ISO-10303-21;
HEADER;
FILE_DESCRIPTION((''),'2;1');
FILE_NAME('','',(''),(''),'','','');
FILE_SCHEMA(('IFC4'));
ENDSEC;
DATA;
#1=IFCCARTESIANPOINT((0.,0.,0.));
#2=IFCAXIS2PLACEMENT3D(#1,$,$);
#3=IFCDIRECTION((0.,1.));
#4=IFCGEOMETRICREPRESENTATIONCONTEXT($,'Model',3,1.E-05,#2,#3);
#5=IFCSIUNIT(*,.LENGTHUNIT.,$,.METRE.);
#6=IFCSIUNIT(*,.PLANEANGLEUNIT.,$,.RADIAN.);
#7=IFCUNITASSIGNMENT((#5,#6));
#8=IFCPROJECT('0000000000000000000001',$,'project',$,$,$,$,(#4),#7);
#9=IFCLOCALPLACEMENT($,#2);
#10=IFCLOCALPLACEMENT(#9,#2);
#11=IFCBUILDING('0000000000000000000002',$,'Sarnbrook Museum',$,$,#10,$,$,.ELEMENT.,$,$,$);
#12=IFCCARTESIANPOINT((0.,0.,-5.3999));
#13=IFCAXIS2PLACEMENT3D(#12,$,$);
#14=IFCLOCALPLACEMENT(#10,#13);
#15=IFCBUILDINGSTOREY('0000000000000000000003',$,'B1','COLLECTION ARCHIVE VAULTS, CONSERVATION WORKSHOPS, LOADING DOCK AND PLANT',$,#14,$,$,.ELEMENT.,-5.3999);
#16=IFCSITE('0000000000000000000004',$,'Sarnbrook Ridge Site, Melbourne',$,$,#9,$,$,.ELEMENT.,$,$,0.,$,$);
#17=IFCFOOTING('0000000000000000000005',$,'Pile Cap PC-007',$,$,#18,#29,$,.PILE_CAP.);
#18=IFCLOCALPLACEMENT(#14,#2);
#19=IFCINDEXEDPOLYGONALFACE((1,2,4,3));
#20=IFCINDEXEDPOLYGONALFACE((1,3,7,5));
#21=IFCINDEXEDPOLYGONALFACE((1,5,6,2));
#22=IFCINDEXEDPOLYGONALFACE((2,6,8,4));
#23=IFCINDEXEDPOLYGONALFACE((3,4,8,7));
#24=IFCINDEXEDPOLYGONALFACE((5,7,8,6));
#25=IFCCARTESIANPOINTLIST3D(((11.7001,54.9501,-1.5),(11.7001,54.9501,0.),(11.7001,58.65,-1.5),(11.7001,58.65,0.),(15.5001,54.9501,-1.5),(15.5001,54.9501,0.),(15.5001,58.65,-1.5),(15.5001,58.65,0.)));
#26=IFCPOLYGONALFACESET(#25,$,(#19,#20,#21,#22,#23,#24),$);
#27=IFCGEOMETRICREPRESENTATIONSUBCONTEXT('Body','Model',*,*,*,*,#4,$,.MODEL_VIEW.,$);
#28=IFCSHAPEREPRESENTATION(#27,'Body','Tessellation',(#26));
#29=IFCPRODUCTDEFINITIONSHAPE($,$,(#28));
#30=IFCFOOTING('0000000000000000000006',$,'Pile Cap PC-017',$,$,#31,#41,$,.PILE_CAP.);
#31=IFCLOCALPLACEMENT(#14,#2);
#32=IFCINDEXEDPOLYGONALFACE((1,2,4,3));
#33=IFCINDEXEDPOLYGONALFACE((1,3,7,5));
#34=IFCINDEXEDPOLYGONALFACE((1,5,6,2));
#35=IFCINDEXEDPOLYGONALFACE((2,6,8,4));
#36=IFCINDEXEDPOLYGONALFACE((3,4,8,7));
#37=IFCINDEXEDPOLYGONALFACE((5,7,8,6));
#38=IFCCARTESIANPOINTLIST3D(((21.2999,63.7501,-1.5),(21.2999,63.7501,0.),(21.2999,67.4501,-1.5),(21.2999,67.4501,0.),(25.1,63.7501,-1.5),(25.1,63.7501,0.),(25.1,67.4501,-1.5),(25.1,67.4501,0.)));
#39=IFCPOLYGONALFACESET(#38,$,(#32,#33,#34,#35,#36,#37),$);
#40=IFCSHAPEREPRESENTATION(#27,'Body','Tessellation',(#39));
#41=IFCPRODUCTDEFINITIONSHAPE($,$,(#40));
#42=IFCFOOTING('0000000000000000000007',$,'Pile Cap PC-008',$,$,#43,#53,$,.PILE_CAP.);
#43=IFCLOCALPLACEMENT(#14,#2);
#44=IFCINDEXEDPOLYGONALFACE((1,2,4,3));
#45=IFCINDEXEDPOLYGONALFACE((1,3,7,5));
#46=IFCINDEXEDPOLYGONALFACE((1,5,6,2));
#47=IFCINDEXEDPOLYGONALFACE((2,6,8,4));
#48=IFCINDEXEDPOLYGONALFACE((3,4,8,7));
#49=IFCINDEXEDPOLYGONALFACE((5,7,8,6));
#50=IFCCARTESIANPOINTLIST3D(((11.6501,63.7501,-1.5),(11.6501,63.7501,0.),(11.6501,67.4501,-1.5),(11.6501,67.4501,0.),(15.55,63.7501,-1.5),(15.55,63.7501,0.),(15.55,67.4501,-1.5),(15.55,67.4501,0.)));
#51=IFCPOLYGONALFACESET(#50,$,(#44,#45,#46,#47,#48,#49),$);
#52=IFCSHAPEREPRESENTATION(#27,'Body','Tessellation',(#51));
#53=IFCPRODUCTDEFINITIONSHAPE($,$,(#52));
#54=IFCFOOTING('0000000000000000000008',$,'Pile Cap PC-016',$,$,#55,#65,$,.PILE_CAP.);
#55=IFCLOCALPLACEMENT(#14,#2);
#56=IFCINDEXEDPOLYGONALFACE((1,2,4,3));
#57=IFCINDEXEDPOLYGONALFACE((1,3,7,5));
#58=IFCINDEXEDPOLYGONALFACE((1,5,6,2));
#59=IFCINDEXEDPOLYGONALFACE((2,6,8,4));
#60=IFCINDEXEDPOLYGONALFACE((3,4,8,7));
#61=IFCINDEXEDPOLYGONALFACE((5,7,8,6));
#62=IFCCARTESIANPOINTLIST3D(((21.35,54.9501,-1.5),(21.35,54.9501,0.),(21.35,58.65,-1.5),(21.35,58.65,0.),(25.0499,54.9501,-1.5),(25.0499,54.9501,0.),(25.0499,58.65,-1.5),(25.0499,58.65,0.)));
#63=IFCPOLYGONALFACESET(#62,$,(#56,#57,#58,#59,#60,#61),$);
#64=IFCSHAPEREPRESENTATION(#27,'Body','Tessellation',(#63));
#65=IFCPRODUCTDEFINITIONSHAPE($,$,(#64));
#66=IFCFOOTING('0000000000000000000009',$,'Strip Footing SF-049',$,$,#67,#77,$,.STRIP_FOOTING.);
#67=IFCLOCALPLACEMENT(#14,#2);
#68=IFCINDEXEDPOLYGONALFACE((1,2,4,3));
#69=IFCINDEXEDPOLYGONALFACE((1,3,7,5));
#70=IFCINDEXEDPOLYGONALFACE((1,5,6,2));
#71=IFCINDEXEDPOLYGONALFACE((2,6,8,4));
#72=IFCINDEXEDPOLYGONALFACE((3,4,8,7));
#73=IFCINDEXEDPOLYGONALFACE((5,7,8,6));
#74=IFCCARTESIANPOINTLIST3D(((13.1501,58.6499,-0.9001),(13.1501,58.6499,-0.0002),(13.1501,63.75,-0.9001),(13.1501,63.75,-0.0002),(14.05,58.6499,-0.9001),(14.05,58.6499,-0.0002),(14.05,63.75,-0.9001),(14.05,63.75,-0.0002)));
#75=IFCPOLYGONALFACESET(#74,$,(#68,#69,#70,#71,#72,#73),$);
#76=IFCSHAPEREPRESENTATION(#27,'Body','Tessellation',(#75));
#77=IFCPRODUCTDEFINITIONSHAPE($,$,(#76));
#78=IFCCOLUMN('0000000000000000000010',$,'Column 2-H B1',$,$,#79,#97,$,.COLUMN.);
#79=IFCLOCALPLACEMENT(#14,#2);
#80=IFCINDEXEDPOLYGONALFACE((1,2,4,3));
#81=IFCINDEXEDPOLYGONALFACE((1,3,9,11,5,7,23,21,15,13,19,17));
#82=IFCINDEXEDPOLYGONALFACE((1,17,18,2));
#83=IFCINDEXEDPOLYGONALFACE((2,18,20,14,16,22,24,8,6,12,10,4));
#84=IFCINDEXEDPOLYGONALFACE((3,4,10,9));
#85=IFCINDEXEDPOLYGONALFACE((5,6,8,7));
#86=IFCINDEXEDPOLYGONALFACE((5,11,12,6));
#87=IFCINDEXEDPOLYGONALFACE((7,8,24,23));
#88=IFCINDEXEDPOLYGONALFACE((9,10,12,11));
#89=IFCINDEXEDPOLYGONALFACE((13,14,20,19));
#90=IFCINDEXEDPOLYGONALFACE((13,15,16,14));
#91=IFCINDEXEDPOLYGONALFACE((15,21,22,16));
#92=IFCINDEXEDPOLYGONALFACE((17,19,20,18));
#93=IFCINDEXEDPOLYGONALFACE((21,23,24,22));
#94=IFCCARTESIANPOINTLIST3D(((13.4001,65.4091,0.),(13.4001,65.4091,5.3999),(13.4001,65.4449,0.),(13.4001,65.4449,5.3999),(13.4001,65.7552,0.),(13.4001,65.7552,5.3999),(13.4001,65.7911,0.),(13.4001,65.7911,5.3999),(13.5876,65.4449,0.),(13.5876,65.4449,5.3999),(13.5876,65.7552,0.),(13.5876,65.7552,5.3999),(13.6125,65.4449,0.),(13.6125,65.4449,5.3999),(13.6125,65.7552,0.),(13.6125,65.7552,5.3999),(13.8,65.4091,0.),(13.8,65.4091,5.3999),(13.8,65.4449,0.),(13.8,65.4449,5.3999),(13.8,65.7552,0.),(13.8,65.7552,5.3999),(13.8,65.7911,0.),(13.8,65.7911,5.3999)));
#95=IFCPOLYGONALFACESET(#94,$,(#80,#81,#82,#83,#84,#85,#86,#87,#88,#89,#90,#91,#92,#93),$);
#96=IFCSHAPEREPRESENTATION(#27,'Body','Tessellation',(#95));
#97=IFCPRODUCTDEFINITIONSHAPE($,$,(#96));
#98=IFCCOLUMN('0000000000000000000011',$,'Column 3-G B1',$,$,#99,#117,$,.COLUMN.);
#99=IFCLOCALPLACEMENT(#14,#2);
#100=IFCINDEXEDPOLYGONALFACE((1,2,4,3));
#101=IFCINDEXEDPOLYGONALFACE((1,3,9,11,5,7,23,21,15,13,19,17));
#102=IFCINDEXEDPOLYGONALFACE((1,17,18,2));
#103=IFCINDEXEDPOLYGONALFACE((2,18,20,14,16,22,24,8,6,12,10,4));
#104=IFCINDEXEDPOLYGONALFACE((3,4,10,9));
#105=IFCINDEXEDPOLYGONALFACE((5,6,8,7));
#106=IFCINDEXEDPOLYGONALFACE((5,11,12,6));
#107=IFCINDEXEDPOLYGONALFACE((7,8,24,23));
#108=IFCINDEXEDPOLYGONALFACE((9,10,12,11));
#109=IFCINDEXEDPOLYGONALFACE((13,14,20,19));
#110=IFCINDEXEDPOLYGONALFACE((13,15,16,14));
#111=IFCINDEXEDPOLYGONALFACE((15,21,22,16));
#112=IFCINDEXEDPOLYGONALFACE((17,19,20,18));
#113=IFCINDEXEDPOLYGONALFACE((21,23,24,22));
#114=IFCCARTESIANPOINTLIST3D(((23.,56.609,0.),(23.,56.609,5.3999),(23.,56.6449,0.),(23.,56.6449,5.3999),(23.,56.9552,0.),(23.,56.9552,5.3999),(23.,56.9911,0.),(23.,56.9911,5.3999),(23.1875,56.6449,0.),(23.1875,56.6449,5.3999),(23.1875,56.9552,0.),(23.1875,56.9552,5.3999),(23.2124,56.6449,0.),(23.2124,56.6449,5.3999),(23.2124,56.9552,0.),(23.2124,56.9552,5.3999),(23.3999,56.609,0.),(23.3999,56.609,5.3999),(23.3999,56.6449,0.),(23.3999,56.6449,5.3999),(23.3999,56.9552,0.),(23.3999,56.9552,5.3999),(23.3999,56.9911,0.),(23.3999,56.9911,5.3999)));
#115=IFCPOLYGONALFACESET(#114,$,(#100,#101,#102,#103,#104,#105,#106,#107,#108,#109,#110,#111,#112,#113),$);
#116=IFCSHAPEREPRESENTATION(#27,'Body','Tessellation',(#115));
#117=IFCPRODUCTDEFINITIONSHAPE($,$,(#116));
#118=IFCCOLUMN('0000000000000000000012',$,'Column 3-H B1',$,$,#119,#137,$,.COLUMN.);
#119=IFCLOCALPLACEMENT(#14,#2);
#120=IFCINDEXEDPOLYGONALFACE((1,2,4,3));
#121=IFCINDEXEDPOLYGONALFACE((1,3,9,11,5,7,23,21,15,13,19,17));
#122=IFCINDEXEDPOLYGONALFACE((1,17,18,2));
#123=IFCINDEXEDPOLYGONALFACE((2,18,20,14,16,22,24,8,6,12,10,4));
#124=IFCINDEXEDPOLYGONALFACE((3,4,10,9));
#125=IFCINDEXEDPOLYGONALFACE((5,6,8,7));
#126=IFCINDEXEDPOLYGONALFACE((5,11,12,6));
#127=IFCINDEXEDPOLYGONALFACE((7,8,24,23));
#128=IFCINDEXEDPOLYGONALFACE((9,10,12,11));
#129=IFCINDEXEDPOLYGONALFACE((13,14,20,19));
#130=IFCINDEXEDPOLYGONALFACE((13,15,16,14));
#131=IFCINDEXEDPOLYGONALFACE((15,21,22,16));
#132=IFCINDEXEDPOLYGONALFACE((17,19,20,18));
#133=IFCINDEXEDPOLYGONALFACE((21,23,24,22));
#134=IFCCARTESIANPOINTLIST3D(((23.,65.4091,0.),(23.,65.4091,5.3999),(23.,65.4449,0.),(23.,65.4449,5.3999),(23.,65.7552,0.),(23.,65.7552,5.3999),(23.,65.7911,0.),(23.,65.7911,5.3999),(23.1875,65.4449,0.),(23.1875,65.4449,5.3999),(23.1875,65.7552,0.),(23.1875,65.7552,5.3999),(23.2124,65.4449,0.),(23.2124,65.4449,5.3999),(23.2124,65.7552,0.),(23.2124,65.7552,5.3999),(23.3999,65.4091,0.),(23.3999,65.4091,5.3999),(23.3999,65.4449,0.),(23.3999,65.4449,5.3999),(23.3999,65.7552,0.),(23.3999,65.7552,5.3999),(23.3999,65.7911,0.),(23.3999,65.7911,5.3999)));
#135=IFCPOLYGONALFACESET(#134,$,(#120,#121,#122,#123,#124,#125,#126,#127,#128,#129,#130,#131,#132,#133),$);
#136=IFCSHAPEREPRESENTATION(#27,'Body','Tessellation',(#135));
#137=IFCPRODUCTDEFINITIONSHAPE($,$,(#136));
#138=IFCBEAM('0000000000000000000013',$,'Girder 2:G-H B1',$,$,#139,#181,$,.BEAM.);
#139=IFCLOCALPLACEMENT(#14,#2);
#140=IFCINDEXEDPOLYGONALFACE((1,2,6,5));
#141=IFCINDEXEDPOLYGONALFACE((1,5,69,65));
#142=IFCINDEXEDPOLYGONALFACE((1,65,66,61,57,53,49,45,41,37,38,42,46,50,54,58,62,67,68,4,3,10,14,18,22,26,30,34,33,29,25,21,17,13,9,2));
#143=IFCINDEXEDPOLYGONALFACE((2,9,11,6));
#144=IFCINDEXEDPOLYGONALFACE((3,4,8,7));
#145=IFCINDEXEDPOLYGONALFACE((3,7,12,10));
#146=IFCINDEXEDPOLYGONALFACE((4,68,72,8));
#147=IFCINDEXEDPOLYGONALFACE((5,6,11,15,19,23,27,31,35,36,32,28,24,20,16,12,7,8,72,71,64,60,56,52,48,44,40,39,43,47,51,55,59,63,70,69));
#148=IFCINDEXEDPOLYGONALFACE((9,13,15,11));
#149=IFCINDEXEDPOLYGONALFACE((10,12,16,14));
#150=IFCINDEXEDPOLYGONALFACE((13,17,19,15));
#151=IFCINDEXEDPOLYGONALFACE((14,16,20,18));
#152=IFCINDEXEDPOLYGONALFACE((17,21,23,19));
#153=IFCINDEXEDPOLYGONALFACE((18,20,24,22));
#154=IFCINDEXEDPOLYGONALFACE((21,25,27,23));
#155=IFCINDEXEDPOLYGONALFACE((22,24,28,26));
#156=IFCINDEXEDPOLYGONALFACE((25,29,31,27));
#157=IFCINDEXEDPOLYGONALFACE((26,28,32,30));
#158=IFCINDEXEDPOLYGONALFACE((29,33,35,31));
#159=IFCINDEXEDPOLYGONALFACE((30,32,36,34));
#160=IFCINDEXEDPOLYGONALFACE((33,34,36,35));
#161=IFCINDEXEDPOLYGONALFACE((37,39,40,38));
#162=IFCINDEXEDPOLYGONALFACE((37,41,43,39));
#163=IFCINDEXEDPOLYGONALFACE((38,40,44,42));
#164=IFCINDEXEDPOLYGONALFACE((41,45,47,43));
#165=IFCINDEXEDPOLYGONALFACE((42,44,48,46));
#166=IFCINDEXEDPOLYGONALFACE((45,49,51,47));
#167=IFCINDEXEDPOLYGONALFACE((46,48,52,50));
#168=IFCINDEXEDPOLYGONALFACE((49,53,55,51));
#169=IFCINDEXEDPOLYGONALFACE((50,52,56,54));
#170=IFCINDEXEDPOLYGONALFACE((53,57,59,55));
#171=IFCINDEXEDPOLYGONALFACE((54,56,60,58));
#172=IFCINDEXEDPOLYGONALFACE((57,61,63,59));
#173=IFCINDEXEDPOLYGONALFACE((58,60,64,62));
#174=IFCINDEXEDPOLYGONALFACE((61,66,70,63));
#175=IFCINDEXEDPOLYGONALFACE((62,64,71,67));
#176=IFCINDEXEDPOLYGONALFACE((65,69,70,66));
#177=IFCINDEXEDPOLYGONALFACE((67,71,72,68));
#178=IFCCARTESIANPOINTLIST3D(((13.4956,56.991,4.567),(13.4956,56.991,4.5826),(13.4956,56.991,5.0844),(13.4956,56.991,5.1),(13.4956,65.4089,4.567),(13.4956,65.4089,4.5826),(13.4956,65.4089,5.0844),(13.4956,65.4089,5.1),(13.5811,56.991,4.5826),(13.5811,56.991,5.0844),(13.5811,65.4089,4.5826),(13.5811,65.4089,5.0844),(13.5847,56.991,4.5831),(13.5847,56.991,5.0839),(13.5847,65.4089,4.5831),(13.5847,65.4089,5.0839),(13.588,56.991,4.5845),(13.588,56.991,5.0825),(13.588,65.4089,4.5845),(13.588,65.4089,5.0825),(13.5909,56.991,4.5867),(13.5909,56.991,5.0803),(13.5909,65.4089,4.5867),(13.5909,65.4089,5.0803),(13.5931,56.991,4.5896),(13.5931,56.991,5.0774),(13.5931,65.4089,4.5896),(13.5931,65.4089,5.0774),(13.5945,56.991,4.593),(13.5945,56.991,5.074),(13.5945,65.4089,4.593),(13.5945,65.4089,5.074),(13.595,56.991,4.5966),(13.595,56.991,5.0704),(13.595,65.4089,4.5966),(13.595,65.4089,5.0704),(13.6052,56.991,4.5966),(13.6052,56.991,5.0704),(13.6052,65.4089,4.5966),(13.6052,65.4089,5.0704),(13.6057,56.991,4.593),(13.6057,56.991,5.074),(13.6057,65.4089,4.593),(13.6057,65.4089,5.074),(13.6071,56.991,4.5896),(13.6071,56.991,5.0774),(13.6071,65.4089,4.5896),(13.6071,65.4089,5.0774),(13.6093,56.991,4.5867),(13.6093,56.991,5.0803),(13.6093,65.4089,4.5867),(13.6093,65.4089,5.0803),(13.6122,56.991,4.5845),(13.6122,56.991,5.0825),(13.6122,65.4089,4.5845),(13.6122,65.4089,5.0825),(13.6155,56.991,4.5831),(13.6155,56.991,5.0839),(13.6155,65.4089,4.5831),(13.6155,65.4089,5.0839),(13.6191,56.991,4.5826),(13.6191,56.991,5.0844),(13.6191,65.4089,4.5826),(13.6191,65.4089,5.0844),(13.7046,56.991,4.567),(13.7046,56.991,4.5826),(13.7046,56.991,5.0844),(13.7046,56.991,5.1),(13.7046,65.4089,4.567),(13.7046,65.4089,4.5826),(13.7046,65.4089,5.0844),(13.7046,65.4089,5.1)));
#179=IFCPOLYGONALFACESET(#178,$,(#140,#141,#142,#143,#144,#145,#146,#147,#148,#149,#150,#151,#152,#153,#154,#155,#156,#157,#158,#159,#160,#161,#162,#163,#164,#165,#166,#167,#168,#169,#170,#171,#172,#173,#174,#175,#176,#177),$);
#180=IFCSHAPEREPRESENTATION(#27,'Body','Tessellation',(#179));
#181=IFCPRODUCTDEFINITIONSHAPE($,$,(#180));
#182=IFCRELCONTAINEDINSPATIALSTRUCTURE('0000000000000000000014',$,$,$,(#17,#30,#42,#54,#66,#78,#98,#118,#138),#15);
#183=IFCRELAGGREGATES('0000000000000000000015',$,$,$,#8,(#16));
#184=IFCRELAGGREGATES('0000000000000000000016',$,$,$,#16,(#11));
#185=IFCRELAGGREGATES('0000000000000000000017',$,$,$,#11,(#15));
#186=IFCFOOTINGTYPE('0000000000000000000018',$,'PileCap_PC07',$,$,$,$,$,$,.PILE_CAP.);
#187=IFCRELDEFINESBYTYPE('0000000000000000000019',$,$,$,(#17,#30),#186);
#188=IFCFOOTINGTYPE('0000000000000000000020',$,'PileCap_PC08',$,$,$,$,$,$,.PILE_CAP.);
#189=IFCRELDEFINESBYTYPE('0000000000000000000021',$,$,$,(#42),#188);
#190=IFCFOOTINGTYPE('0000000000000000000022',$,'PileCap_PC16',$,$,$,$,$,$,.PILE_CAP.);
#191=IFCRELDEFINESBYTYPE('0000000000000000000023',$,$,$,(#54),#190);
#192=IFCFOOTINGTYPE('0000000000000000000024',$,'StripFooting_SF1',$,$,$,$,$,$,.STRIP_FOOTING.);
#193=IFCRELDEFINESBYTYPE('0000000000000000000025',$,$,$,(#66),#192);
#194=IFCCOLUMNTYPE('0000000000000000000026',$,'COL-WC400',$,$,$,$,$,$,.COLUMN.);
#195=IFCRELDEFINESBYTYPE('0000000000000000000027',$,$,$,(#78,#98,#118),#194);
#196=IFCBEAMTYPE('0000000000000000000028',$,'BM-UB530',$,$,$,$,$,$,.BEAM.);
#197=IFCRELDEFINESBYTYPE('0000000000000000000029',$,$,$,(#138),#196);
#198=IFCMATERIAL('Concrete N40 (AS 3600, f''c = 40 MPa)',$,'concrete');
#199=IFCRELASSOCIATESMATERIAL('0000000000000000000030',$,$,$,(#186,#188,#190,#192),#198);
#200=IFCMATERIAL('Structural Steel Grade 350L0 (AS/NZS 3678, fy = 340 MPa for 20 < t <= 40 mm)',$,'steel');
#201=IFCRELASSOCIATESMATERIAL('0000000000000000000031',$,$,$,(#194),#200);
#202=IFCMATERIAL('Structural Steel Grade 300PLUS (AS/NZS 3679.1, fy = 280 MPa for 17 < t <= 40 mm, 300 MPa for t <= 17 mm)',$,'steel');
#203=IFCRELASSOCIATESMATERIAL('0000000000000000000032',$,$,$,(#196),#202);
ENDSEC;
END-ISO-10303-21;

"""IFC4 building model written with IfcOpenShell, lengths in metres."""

from ifc_helpers import new_model, si_unit, direction, frame, origin, origin_2d, place, context, subcontext, project, spatial, rectangle, i_section, extrude, material, material_profile, profile_set, type_object, element, save


model = new_model("IFC4")

# Units and contexts
model_context = context("Model", 3, precision=1e-05, world=origin(), true_north=direction((0.0, 1.0)))
body_context = subcontext(model_context, "Body", "Model", "MODEL_VIEW")
ifc_project = project(units=[si_unit("LENGTHUNIT", "METRE"), si_unit("PLANEANGLEUNIT", "RADIAN")], contexts=[model_context])

# Site, building, storey
site_placement = place(None, origin())
site = spatial("IfcSite", under=ifc_project, at=site_placement, Name="Sarnbrook Ridge Site, Melbourne", CompositionType="ELEMENT", RefElevation=0.0)
building_placement = place(site_placement, origin())
building = spatial("IfcBuilding", under=site, at=building_placement, Name="Sarnbrook Museum", CompositionType="ELEMENT")
storey_placement = place(building_placement, frame((0.0, 0.0, -5.3999)))
storey = spatial("IfcBuildingStorey", under=building, at=storey_placement, Name="B1", Description="COLLECTION ARCHIVE VAULTS, CONSERVATION WORKSHOPS, LOADING DOCK AND PLANT", CompositionType="ELEMENT", Elevation=-5.3999)

# Footings
ifc_material_1 = material(Name="Concrete N40 (AS 3600, f'c = 40 MPa)", Category="concrete")
footing_type_1 = type_object("IfcFootingType", Name="PileCap_PC07", PredefinedType="PILE_CAP", material=ifc_material_1)
for number, where, z_axis, x_axis, name in (
    (1, (13.6001, 56.8, -1.5), (0.0, 0.0, 1.0), (1.0, 0.0, 0.0), "Pile Cap PC-007"),
    (2, (23.2, 65.6001, -1.5), (0.0, 0.0, 1.0), (1.0, 0.0, 0.0), "Pile Cap PC-017"),
):
    element("IfcFooting", number, at=place(storey_placement, frame(where, z_axis=z_axis, x_axis=x_axis)), inside=storey, type_object=footing_type_1, Name=name, PredefinedType="PILE_CAP", context=body_context, shape_type="SweptSolid", body=[
        extrude(rectangle(XDim=3.8, YDim=3.7, at=origin_2d()), origin(), (0.0, 0.0, 1.0), 1.5),
    ])
footing_type_2 = type_object("IfcFootingType", Name="PileCap_PC08", PredefinedType="PILE_CAP", material=ifc_material_1)
footing_1_placement = place(storey_placement, frame((13.6001, 65.6001, -1.5), z_axis=(0.0, 0.0, 1.0), x_axis=(1.0, 0.0, 0.0)))
element("IfcFooting", 3, at=footing_1_placement, inside=storey, type_object=footing_type_2, Name="Pile Cap PC-008", PredefinedType="PILE_CAP", context=body_context, shape_type="SweptSolid", body=[
    extrude(rectangle(XDim=3.8999, YDim=3.7, at=origin_2d()), origin(), (0.0, 0.0, 1.0), 1.5),
])
footing_type_3 = type_object("IfcFootingType", Name="PileCap_PC16", PredefinedType="PILE_CAP", material=ifc_material_1)
footing_2_placement = place(storey_placement, frame((23.2, 56.8, -1.5), z_axis=(0.0, 0.0, 1.0), x_axis=(1.0, 0.0, 0.0)))
element("IfcFooting", 4, at=footing_2_placement, inside=storey, type_object=footing_type_3, Name="Pile Cap PC-016", PredefinedType="PILE_CAP", context=body_context, shape_type="SweptSolid", body=[
    extrude(rectangle(XDim=3.7, YDim=3.7, at=origin_2d()), origin(), (0.0, 0.0, 1.0), 1.5),
])
footing_type_4 = type_object("IfcFootingType", Name="StripFooting_SF1", PredefinedType="STRIP_FOOTING", material=ifc_material_1)
footing_3_placement = place(storey_placement, frame((13.6001, 61.2, -0.9001), z_axis=(0.0, 0.0, 1.0), x_axis=(1.0, 0.0, 0.0)))
element("IfcFooting", 5, at=footing_3_placement, inside=storey, type_object=footing_type_4, Name="Strip Footing SF-049", PredefinedType="STRIP_FOOTING", context=body_context, shape_type="SweptSolid", body=[
    extrude(rectangle(XDim=0.8999, YDim=5.1001, at=origin_2d()), origin(), (0.0, 0.0, 1.0), 0.8999),
])

# Columns
ifc_material_2 = material(Name="Structural Steel Grade 350L0 (AS/NZS 3678, fy = 340 MPa for 20 < t <= 40 mm)", Category="steel")
ifc_material_profile_1 = material_profile(ifc_material_2, i_section(OverallWidth=0.3999, OverallDepth=0.3821, WebThickness=0.0249, FlangeThickness=0.0359, at=origin_2d()), Name="400WC270")
ifc_profile_set_1 = profile_set([ifc_material_profile_1], Name="Structural Steel Grade 350L0 (AS/NZS 3678, fy = 340 MPa for 20 < t <= 40 mm)")
column_type = type_object("IfcColumnType", Name="COL-WC400", PredefinedType="COLUMN", material=ifc_profile_set_1)
for number, where, z_axis, x_axis, name in (
    (6, (13.6001, 65.6001, 0.0), (0.0, 0.0, 1.0), (1.0, 0.0, 0.0), "Column 2-H B1"),
    (7, (23.2, 56.8, 0.0), (0.0, 0.0, 1.0), (1.0, 0.0, 0.0), "Column 3-G B1"),
    (8, (23.2, 65.6001, 0.0), (0.0, 0.0, 1.0), (1.0, 0.0, 0.0), "Column 3-H B1"),
):
    element("IfcColumn", number, at=place(storey_placement, frame(where, z_axis=z_axis, x_axis=x_axis)), inside=storey, type_object=column_type, Name=name, PredefinedType="COLUMN", context=body_context, shape_type="SweptSolid", body=[
        extrude(i_section(OverallWidth=0.3999, OverallDepth=0.3821, WebThickness=0.0249, FlangeThickness=0.0359, at=origin_2d()), origin(), (0.0, 0.0, 1.0), 5.3999),
    ])

# Beam
ifc_material_3 = material(Name="Structural Steel Grade 300PLUS (AS/NZS 3679.1, fy = 280 MPa for 17 < t <= 40 mm, 300 MPa for t <= 17 mm)", Category="steel")
ifc_material_profile_2 = material_profile(ifc_material_3, i_section(OverallWidth=0.209, OverallDepth=0.533, WebThickness=0.0103, FlangeThickness=0.0156, FilletRadius=0.0139, at=origin_2d()), Name="530UB92.4")
ifc_profile_set_2 = profile_set([ifc_material_profile_2], Name="Structural Steel Grade 300PLUS (AS/NZS 3679.1, fy = 280 MPa for 17 < t <= 40 mm, 300 MPa for t <= 17 mm)")
beam_type_1 = type_object("IfcBeamType", Name="BM-UB530", PredefinedType="BEAM", material=ifc_profile_set_2)
for number, where, z_axis, x_axis, name in (
    (9, (13.6001, 56.991, 4.8335), (0.0, 1.0, 0.0), (-1.0, 0.0, 0.0), "Girder 2:G-H B1"),
):
    element("IfcBeam", number, at=place(storey_placement, frame(where, z_axis=z_axis, x_axis=x_axis)), inside=storey, type_object=beam_type_1, Name=name, PredefinedType="BEAM", context=body_context, shape_type="SweptSolid", body=[
        extrude(i_section(OverallWidth=0.209, OverallDepth=0.533, WebThickness=0.0103, FlangeThickness=0.0156, FilletRadius=0.0139, at=origin_2d()), origin(), (0.0, 0.0, 1.0), 8.418),
    ])

save(model, "model.ifc")
